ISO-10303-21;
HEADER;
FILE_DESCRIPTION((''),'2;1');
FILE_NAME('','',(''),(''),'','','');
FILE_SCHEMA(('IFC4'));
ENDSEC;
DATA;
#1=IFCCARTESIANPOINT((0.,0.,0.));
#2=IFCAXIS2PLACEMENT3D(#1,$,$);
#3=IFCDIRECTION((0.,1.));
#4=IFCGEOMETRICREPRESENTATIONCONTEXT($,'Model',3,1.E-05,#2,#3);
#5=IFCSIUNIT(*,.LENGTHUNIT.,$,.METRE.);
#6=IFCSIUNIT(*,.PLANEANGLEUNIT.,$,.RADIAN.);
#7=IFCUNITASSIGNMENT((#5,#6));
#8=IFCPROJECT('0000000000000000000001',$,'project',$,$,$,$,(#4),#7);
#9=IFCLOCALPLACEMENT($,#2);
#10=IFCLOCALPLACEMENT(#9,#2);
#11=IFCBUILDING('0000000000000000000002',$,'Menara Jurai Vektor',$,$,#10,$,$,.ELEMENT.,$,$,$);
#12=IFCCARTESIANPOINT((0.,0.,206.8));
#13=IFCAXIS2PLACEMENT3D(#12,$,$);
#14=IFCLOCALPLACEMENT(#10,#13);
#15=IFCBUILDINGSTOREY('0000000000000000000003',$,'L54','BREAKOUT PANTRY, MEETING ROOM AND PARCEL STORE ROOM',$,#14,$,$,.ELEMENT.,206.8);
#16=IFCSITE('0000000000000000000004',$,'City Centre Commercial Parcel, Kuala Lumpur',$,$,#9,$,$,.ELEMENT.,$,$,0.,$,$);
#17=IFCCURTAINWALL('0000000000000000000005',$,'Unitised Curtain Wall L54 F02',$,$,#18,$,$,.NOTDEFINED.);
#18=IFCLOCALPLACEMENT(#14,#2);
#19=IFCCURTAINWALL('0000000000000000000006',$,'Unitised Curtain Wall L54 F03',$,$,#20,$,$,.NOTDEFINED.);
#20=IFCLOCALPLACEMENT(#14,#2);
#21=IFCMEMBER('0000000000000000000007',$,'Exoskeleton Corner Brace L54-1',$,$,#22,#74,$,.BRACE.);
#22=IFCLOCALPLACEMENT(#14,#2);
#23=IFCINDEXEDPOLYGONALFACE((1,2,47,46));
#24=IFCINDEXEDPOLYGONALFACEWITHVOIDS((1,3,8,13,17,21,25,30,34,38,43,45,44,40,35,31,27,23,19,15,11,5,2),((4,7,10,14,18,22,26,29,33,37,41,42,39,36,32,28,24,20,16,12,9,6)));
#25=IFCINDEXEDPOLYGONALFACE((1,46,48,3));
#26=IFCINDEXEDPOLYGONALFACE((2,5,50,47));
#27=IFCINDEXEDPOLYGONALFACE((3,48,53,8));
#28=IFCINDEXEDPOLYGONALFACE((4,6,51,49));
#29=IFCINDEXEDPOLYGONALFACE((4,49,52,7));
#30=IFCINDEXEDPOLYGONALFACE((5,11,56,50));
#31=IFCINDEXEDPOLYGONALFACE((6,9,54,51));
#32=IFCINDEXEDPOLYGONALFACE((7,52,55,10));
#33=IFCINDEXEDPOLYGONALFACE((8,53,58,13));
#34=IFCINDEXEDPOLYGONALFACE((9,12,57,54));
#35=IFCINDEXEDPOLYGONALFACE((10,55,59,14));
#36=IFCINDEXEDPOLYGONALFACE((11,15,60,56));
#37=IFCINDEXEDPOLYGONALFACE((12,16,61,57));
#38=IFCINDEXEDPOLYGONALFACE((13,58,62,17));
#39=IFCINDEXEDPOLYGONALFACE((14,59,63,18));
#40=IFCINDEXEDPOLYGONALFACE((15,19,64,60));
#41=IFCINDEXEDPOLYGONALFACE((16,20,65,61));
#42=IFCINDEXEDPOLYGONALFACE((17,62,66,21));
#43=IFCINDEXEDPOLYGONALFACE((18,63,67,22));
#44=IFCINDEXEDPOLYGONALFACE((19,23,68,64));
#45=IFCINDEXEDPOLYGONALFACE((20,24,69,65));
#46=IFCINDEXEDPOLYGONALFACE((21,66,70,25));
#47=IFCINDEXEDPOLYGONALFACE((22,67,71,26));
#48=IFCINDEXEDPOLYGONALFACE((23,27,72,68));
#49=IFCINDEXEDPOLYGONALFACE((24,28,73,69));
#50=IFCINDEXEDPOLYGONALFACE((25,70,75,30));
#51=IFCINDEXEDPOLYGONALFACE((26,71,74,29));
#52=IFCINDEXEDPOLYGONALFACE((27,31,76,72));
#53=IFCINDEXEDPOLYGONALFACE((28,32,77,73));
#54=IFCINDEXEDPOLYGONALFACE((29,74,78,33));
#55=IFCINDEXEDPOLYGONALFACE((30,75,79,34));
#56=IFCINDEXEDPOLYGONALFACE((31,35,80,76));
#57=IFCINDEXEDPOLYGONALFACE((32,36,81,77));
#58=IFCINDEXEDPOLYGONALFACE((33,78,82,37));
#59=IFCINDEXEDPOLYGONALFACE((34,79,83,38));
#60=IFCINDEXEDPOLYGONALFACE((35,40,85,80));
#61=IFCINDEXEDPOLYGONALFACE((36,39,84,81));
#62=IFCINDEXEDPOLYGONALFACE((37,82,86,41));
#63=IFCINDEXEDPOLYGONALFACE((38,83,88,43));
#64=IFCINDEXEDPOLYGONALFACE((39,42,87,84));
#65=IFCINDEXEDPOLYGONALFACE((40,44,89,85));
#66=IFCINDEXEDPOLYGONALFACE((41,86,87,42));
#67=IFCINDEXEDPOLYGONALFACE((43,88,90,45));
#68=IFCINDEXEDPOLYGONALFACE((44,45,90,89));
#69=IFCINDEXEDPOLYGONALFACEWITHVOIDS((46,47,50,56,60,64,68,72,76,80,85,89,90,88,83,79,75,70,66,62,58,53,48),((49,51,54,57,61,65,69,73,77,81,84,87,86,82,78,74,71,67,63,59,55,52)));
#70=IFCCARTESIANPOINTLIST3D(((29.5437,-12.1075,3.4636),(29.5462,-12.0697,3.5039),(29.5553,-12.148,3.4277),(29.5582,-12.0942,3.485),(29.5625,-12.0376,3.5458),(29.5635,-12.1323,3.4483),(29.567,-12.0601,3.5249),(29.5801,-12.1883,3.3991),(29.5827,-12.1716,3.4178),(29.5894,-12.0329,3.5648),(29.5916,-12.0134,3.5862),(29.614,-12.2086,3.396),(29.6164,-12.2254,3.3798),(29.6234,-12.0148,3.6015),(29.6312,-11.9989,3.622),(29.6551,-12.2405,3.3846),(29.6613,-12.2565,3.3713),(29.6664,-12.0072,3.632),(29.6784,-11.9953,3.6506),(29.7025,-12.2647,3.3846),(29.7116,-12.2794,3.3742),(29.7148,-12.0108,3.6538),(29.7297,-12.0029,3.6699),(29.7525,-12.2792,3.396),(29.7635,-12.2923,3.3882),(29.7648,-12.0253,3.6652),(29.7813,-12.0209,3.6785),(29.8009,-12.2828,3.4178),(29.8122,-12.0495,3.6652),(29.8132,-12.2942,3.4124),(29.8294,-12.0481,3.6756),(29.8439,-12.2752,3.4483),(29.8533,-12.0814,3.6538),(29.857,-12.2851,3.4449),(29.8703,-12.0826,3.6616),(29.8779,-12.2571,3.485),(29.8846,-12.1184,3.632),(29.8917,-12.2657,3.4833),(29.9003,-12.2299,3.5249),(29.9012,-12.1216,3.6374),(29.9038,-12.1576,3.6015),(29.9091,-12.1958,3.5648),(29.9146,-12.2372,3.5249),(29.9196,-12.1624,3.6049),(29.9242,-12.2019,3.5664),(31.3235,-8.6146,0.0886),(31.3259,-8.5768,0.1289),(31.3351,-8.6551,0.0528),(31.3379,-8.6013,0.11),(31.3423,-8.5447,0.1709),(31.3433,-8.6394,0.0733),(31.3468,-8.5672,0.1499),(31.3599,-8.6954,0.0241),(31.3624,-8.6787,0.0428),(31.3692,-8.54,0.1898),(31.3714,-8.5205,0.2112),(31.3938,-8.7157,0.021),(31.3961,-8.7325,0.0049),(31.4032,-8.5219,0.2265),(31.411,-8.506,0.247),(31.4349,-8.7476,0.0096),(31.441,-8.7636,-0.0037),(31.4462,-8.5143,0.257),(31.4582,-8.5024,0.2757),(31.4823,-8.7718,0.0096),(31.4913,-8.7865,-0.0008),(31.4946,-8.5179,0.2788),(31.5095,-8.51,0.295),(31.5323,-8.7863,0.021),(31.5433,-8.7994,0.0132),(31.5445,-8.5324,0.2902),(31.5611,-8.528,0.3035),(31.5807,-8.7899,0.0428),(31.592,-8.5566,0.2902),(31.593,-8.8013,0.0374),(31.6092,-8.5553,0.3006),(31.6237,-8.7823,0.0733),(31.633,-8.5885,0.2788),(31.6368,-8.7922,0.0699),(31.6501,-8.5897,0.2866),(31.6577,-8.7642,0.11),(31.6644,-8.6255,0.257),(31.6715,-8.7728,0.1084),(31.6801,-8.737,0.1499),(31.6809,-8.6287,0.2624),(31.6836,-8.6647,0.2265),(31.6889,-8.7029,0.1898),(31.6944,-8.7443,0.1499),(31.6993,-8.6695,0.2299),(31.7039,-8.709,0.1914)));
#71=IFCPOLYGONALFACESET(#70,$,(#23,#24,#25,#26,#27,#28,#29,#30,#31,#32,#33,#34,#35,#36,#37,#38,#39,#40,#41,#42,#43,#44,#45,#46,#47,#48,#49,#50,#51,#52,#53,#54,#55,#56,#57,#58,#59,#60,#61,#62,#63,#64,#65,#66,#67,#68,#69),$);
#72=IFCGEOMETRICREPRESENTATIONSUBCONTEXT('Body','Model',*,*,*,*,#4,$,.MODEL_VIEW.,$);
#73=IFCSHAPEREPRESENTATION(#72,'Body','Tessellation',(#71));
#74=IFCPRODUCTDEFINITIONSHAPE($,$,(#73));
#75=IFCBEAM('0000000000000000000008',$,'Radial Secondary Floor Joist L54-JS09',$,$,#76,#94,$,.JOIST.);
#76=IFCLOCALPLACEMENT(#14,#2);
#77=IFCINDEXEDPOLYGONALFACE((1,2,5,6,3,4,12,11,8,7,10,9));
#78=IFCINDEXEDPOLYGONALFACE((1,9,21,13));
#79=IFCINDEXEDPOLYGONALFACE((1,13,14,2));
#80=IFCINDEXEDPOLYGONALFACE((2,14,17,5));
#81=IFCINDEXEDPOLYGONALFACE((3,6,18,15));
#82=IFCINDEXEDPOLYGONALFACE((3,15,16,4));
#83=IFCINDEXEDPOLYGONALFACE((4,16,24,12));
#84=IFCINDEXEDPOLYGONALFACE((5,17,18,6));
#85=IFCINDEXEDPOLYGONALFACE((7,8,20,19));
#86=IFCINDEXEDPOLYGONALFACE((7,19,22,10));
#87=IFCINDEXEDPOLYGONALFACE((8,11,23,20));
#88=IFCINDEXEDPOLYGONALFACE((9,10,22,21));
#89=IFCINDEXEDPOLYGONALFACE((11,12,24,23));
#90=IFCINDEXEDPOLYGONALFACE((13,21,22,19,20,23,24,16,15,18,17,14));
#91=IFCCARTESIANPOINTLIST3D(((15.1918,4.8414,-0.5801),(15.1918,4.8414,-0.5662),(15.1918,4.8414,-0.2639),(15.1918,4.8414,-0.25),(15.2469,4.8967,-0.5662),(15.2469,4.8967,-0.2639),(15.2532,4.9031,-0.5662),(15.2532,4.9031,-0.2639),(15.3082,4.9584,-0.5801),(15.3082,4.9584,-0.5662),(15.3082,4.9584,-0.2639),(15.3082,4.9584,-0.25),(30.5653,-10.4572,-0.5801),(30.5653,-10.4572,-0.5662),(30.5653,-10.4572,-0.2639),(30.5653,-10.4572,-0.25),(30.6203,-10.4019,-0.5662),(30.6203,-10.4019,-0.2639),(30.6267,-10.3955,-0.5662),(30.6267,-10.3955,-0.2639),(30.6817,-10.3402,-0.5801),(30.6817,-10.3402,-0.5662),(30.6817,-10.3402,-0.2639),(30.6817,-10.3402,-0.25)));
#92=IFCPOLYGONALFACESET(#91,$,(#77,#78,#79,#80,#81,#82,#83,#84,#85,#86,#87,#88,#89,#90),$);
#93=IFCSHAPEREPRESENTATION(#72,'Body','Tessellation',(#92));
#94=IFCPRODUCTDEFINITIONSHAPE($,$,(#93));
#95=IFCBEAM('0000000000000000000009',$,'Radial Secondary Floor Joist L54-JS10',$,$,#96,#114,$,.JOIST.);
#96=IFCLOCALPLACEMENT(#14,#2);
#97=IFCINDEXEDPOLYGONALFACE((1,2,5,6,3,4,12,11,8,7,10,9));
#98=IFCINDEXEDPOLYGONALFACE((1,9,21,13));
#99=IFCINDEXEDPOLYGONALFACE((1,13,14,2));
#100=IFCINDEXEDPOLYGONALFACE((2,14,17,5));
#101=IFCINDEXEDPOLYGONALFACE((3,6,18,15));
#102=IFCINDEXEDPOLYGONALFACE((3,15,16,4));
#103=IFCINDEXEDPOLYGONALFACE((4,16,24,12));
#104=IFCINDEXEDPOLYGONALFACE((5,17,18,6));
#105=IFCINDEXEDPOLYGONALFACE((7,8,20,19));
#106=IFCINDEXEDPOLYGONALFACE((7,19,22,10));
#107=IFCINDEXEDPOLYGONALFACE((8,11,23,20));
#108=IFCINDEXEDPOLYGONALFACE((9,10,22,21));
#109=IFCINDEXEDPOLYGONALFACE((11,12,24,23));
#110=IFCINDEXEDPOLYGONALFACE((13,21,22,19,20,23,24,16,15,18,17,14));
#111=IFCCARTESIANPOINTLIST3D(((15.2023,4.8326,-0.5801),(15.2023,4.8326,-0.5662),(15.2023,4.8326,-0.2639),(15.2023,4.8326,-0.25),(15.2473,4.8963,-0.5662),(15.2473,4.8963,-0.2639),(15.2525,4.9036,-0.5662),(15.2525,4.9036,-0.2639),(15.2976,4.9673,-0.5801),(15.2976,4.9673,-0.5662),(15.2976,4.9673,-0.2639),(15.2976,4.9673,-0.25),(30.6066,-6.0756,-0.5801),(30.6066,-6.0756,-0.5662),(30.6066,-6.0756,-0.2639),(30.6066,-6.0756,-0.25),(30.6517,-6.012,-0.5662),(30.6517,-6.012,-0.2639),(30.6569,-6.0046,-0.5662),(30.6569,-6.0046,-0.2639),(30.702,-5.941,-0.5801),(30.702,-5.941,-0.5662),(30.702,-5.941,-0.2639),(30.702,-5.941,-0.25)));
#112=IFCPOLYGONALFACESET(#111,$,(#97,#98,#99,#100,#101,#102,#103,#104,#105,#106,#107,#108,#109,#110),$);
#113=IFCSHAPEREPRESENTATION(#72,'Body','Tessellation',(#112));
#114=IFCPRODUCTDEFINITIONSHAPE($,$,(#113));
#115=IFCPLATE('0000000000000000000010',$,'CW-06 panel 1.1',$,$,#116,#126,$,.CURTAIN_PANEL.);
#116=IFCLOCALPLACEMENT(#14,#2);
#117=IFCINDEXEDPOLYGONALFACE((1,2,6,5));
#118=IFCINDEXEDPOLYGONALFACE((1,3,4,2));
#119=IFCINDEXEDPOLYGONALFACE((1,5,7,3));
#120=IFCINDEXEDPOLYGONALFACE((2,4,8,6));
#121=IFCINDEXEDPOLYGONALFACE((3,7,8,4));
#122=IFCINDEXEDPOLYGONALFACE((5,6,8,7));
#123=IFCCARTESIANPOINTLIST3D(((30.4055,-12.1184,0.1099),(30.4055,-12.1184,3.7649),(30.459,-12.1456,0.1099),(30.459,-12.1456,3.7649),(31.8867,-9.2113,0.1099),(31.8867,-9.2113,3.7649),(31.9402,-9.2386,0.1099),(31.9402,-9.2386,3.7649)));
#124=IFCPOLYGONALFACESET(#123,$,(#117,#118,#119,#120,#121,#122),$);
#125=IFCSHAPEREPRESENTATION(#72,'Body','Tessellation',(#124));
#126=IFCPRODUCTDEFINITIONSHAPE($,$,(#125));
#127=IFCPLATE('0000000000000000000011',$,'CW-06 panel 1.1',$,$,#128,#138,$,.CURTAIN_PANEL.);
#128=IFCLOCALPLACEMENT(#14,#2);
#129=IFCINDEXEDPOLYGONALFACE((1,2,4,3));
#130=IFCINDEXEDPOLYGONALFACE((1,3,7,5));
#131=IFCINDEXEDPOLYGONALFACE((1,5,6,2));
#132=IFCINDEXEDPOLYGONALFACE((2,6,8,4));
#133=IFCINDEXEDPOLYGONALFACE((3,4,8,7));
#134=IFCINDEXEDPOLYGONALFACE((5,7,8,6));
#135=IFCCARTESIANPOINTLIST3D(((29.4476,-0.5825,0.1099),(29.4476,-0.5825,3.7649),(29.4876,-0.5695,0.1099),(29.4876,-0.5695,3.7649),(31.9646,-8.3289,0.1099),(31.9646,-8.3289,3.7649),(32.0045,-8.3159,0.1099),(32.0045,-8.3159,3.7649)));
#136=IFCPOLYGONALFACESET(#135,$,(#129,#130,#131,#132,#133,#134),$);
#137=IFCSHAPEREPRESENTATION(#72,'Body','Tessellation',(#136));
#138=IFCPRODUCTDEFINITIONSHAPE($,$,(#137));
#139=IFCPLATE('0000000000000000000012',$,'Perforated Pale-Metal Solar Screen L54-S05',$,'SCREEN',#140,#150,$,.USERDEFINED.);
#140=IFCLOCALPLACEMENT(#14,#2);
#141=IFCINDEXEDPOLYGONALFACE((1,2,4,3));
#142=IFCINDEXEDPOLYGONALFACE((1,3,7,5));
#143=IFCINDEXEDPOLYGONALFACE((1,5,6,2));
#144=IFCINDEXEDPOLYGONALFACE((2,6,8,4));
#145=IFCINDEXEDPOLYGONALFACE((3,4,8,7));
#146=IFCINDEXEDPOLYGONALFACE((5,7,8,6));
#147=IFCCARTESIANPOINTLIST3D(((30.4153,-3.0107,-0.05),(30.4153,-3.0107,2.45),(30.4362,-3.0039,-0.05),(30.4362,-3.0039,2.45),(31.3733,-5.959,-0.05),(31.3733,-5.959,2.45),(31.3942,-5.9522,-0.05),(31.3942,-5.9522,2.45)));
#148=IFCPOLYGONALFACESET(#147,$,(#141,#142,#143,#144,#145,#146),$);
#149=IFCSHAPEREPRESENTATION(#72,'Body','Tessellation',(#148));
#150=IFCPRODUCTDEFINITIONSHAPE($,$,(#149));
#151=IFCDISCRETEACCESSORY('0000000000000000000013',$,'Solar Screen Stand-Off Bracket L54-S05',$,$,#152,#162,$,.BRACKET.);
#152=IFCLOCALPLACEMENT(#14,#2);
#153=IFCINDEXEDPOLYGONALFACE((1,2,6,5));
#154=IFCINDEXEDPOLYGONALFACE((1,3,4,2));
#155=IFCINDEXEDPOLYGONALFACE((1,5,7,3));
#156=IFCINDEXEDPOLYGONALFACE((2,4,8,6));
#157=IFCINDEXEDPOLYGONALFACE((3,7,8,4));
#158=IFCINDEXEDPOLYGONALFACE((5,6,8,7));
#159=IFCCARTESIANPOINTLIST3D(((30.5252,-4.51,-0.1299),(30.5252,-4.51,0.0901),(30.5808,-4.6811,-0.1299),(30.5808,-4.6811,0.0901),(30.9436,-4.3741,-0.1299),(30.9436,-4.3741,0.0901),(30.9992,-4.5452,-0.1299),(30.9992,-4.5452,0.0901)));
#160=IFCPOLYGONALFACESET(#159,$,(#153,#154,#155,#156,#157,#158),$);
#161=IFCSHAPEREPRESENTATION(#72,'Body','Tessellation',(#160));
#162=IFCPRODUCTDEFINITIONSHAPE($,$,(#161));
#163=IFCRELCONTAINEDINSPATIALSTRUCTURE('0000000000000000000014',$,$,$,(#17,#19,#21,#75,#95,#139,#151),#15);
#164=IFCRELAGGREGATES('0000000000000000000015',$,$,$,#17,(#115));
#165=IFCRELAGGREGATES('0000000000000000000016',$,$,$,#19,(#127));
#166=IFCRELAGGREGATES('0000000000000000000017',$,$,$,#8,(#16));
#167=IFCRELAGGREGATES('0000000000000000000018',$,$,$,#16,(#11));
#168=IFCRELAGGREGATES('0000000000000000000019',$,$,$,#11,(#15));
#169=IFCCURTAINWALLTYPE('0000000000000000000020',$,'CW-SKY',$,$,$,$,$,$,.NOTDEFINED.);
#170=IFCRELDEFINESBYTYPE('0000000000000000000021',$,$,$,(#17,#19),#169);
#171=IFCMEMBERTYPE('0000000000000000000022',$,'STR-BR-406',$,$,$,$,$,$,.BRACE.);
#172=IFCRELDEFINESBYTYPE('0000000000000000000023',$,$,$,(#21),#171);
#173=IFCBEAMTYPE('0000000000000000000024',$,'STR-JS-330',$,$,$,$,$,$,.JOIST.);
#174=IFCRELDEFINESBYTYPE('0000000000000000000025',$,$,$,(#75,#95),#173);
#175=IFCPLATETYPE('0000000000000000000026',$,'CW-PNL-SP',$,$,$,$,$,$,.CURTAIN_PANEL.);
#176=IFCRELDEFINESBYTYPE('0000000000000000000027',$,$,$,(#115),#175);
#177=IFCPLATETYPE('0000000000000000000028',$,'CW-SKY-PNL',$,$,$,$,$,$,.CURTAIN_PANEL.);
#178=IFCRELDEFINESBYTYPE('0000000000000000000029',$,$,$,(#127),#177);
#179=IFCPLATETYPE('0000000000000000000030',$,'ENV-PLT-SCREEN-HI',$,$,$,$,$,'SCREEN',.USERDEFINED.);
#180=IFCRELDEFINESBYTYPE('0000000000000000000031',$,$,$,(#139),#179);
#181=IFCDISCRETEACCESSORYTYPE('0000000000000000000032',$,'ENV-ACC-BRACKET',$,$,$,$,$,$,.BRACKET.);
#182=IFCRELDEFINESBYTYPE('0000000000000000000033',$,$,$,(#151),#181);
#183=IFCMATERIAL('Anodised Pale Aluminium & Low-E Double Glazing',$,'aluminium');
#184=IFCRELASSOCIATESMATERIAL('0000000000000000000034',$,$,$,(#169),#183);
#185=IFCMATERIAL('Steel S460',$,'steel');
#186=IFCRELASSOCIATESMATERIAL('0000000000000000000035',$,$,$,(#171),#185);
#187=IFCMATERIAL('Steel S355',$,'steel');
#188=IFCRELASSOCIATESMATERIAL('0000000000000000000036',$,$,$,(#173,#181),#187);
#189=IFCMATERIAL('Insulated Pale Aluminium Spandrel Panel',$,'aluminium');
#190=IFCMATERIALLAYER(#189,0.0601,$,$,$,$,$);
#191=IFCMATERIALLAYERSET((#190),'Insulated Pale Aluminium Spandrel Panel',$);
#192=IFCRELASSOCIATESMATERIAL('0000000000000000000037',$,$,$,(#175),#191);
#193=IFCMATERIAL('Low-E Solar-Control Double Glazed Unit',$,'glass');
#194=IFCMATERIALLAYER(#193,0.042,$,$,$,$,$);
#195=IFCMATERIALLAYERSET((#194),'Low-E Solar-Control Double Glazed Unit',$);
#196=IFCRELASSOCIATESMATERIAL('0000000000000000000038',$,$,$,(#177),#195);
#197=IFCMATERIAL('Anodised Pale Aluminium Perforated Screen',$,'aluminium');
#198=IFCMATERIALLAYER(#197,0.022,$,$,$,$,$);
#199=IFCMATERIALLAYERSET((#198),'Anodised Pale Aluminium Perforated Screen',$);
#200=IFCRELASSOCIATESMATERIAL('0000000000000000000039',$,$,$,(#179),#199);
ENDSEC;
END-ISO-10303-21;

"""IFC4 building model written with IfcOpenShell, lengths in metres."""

from ifc_helpers import new_model, si_unit, direction, frame, origin, origin_2d, place, context, subcontext, project, spatial, rectangle, hollow_circle, i_section, extrude, material, layer, layer_set, material_profile, profile_set, type_object, element, aggregate, save


model = new_model("IFC4")

# Units and contexts
model_context = context("Model", 3, precision=1e-05, world=origin(), true_north=direction((0.0, 1.0)))
body_context = subcontext(model_context, "Body", "Model", "MODEL_VIEW")
ifc_project = project(units=[si_unit("LENGTHUNIT", "METRE"), si_unit("PLANEANGLEUNIT", "RADIAN")], contexts=[model_context])

# Site, building, storey
site_placement = place(None, origin())
site = spatial("IfcSite", under=ifc_project, at=site_placement, Name="City Centre Commercial Parcel, Kuala Lumpur", CompositionType="ELEMENT", RefElevation=0.0)
building_placement = place(site_placement, origin())
building = spatial("IfcBuilding", under=site, at=building_placement, Name="Menara Jurai Vektor", CompositionType="ELEMENT")
storey_placement = place(building_placement, frame((0.0, 0.0, 206.8)))
storey = spatial("IfcBuildingStorey", under=building, at=storey_placement, Name="L54", Description="BREAKOUT PANTRY, MEETING ROOM AND PARCEL STORE ROOM", CompositionType="ELEMENT", Elevation=206.8)

# Shared definitions
ifc_material_1 = material(Name="Steel S460", Category="steel")

# Shared definitions
ifc_material_2 = material(Name="Anodised Pale Aluminium & Low-E Double Glazing", Category="aluminium")
curtain_wall_type = type_object("IfcCurtainWallType", Name="CW-SKY", PredefinedType="NOTDEFINED", material=ifc_material_2)

# Curtain walls
curtain_wall_1_placement = place(storey_placement, origin())
curtain_wall_1 = element("IfcCurtainWall", 1, at=curtain_wall_1_placement, inside=storey, type_object=curtain_wall_type, Name="Unitised Curtain Wall L54 F02", PredefinedType="NOTDEFINED")
curtain_wall_2_placement = place(storey_placement, origin())
curtain_wall_2 = element("IfcCurtainWall", 2, at=curtain_wall_2_placement, inside=storey, type_object=curtain_wall_type, Name="Unitised Curtain Wall L54 F03", PredefinedType="NOTDEFINED")

# Shared definitions
ifc_material_3 = material(Name="Steel S355", Category="steel")

# Member
ifc_material_profile_1 = material_profile(ifc_material_1, hollow_circle(Radius=0.2031, WallThickness=0.0161, at=origin_2d()), Name="CHS 406.4x16")
ifc_profile_set_1 = profile_set([ifc_material_profile_1], Name="Steel S460")
member_type_1 = type_object("IfcMemberType", Name="STR-BR-406", PredefinedType="BRACE", material=ifc_profile_set_1)
member_1_placement = place(storey_placement, frame((31.5134, -8.6521, 0.1499), z_axis=(-0.34406, -0.675236, 0.65244), x_axis=(0.891001, -0.454001, 0.0)))
element("IfcMember", 3, at=member_1_placement, inside=storey, type_object=member_type_1, Name="Exoskeleton Corner Brace L54-1", PredefinedType="BRACE", context=body_context, shape_type="SweptSolid", body=[
    extrude(hollow_circle(Radius=0.2031, WallThickness=0.0161, at=origin_2d()), origin(), (0.0, 0.0, 1.0), 5.1729),
])

# Beams
ifc_material_profile_2 = material_profile(ifc_material_3, i_section(OverallWidth=0.165, OverallDepth=0.3301, WebThickness=0.009, FlangeThickness=0.0139, at=origin_2d()), Name="PG 330x165x46")
ifc_profile_set_2 = profile_set([ifc_material_profile_2], Name="Steel S355")
beam_type_1 = type_object("IfcBeamType", Name="STR-JS-330", PredefinedType="JOIST", material=ifc_profile_set_2)
beam_1_placement = place(storey_placement, frame((30.6235, -10.3987, -0.415), z_axis=(-0.708833, 0.705377, 0.0), x_axis=(-0.705377, -0.708833, 0.0)))
element("IfcBeam", 4, at=beam_1_placement, inside=storey, type_object=beam_type_1, Name="Radial Secondary Floor Joist L54-JS09", PredefinedType="JOIST", context=body_context, shape_type="SweptSolid", body=[
    extrude(i_section(OverallWidth=0.165, OverallDepth=0.3301, WebThickness=0.009, FlangeThickness=0.0139, at=origin_2d()), origin(), (0.0, 0.0, 1.0), 21.6885),
])
beam_2_placement = place(storey_placement, frame((30.6543, -6.0083, -0.415), z_axis=(-0.816104, 0.577905, 0.0), x_axis=(-0.577905, -0.816104, 0.0)))
element("IfcBeam", 5, at=beam_2_placement, inside=storey, type_object=beam_type_1, Name="Radial Secondary Floor Joist L54-JS10", PredefinedType="JOIST", context=body_context, shape_type="SweptSolid", body=[
    extrude(i_section(OverallWidth=0.165, OverallDepth=0.3301, WebThickness=0.009, FlangeThickness=0.0139, at=origin_2d()), origin(), (0.0, 0.0, 1.0), 18.8755),
])

# Plates
ifc_material_4 = material(Name="Insulated Pale Aluminium Spandrel Panel", Category="aluminium")
ifc_layer_1 = layer(ifc_material_4, 0.0601)
ifc_layer_set_1 = layer_set([ifc_layer_1], Name="Insulated Pale Aluminium Spandrel Panel")
plate_type_1 = type_object("IfcPlateType", Name="CW-PNL-SP", PredefinedType="CURTAIN_PANEL", material=ifc_layer_set_1)
plate_1_placement = place(storey_placement, frame((31.1729, -10.6785, 0.1099), z_axis=(0.0, 0.0, 1.0), x_axis=(0.453989, 0.891008, 0.0)))
plate_1 = element("IfcPlate", 6, at=plate_1_placement, type_object=plate_type_1, Name="CW-06 panel 1.1", PredefinedType="CURTAIN_PANEL", context=body_context, shape_type="SweptSolid", body=[
    extrude(rectangle(XDim=3.2627, YDim=0.0601, at=origin_2d()), origin(), (0.0, 0.0, 1.0), 3.655),
])
aggregate(curtain_wall_1, [plate_1])
ifc_material_5 = material(Name="Low-E Solar-Control Double Glazed Unit", Category="glass")
ifc_layer_2 = layer(ifc_material_5, 0.042)
ifc_layer_set_2 = layer_set([ifc_layer_2], Name="Low-E Solar-Control Double Glazed Unit")
plate_type_2 = type_object("IfcPlateType", Name="CW-SKY-PNL", PredefinedType="CURTAIN_PANEL", material=ifc_layer_set_2)
plate_2_placement = place(storey_placement, frame((30.7261, -4.4492, 0.1099), z_axis=(0.0, 0.0, 1.0), x_axis=(-0.309016, 0.951057, 0.0)))
plate_2 = element("IfcPlate", 7, at=plate_2_placement, type_object=plate_type_2, Name="CW-06 panel 1.1", PredefinedType="CURTAIN_PANEL", context=body_context, shape_type="SweptSolid", body=[
    extrude(rectangle(XDim=8.145, YDim=0.042, at=origin_2d()), origin(), (0.0, 0.0, 1.0), 3.655),
])
aggregate(curtain_wall_2, [plate_2])
ifc_material_6 = material(Name="Anodised Pale Aluminium Perforated Screen", Category="aluminium")
ifc_layer_3 = layer(ifc_material_6, 0.022)
ifc_layer_set_3 = layer_set([ifc_layer_3], Name="Anodised Pale Aluminium Perforated Screen")
plate_type_3 = type_object("IfcPlateType", Name="ENV-PLT-SCREEN-HI", ElementType="SCREEN", PredefinedType="USERDEFINED", material=ifc_layer_set_3)
plate_3_placement = place(storey_placement, frame((30.9048, -4.4814, -0.05), z_axis=(0.0, 0.0, 1.0), x_axis=(-0.309017, 0.951057, 0.0)))
element("IfcPlate", 8, at=plate_3_placement, inside=storey, type_object=plate_type_3, Name="Perforated Pale-Metal Solar Screen L54-S05", ObjectType="SCREEN", PredefinedType="USERDEFINED", context=body_context, shape_type="SweptSolid", body=[
    extrude(rectangle(XDim=3.1001, YDim=0.022, at=origin_2d()), origin(), (0.0, 0.0, 1.0), 2.5),
])

# Discrete accessory
discrete_accessory_type = type_object("IfcDiscreteAccessoryType", Name="ENV-ACC-BRACKET", PredefinedType="BRACKET", material=ifc_material_3)
discrete_accessory_placement = place(storey_placement, frame((30.7622, -4.5276, -0.1299), z_axis=(0.0, 0.0, 1.0), x_axis=(-0.309017, 0.951057, 0.0)))
element("IfcDiscreteAccessory", 9, at=discrete_accessory_placement, inside=storey, type_object=discrete_accessory_type, Name="Solar Screen Stand-Off Bracket L54-S05", PredefinedType="BRACKET", context=body_context, shape_type="SweptSolid", body=[
    extrude(rectangle(XDim=0.1799, YDim=0.4399, at=origin_2d()), origin(), (0.0, 0.0, 1.0), 0.22),
])

save(model, "model.ifc")
